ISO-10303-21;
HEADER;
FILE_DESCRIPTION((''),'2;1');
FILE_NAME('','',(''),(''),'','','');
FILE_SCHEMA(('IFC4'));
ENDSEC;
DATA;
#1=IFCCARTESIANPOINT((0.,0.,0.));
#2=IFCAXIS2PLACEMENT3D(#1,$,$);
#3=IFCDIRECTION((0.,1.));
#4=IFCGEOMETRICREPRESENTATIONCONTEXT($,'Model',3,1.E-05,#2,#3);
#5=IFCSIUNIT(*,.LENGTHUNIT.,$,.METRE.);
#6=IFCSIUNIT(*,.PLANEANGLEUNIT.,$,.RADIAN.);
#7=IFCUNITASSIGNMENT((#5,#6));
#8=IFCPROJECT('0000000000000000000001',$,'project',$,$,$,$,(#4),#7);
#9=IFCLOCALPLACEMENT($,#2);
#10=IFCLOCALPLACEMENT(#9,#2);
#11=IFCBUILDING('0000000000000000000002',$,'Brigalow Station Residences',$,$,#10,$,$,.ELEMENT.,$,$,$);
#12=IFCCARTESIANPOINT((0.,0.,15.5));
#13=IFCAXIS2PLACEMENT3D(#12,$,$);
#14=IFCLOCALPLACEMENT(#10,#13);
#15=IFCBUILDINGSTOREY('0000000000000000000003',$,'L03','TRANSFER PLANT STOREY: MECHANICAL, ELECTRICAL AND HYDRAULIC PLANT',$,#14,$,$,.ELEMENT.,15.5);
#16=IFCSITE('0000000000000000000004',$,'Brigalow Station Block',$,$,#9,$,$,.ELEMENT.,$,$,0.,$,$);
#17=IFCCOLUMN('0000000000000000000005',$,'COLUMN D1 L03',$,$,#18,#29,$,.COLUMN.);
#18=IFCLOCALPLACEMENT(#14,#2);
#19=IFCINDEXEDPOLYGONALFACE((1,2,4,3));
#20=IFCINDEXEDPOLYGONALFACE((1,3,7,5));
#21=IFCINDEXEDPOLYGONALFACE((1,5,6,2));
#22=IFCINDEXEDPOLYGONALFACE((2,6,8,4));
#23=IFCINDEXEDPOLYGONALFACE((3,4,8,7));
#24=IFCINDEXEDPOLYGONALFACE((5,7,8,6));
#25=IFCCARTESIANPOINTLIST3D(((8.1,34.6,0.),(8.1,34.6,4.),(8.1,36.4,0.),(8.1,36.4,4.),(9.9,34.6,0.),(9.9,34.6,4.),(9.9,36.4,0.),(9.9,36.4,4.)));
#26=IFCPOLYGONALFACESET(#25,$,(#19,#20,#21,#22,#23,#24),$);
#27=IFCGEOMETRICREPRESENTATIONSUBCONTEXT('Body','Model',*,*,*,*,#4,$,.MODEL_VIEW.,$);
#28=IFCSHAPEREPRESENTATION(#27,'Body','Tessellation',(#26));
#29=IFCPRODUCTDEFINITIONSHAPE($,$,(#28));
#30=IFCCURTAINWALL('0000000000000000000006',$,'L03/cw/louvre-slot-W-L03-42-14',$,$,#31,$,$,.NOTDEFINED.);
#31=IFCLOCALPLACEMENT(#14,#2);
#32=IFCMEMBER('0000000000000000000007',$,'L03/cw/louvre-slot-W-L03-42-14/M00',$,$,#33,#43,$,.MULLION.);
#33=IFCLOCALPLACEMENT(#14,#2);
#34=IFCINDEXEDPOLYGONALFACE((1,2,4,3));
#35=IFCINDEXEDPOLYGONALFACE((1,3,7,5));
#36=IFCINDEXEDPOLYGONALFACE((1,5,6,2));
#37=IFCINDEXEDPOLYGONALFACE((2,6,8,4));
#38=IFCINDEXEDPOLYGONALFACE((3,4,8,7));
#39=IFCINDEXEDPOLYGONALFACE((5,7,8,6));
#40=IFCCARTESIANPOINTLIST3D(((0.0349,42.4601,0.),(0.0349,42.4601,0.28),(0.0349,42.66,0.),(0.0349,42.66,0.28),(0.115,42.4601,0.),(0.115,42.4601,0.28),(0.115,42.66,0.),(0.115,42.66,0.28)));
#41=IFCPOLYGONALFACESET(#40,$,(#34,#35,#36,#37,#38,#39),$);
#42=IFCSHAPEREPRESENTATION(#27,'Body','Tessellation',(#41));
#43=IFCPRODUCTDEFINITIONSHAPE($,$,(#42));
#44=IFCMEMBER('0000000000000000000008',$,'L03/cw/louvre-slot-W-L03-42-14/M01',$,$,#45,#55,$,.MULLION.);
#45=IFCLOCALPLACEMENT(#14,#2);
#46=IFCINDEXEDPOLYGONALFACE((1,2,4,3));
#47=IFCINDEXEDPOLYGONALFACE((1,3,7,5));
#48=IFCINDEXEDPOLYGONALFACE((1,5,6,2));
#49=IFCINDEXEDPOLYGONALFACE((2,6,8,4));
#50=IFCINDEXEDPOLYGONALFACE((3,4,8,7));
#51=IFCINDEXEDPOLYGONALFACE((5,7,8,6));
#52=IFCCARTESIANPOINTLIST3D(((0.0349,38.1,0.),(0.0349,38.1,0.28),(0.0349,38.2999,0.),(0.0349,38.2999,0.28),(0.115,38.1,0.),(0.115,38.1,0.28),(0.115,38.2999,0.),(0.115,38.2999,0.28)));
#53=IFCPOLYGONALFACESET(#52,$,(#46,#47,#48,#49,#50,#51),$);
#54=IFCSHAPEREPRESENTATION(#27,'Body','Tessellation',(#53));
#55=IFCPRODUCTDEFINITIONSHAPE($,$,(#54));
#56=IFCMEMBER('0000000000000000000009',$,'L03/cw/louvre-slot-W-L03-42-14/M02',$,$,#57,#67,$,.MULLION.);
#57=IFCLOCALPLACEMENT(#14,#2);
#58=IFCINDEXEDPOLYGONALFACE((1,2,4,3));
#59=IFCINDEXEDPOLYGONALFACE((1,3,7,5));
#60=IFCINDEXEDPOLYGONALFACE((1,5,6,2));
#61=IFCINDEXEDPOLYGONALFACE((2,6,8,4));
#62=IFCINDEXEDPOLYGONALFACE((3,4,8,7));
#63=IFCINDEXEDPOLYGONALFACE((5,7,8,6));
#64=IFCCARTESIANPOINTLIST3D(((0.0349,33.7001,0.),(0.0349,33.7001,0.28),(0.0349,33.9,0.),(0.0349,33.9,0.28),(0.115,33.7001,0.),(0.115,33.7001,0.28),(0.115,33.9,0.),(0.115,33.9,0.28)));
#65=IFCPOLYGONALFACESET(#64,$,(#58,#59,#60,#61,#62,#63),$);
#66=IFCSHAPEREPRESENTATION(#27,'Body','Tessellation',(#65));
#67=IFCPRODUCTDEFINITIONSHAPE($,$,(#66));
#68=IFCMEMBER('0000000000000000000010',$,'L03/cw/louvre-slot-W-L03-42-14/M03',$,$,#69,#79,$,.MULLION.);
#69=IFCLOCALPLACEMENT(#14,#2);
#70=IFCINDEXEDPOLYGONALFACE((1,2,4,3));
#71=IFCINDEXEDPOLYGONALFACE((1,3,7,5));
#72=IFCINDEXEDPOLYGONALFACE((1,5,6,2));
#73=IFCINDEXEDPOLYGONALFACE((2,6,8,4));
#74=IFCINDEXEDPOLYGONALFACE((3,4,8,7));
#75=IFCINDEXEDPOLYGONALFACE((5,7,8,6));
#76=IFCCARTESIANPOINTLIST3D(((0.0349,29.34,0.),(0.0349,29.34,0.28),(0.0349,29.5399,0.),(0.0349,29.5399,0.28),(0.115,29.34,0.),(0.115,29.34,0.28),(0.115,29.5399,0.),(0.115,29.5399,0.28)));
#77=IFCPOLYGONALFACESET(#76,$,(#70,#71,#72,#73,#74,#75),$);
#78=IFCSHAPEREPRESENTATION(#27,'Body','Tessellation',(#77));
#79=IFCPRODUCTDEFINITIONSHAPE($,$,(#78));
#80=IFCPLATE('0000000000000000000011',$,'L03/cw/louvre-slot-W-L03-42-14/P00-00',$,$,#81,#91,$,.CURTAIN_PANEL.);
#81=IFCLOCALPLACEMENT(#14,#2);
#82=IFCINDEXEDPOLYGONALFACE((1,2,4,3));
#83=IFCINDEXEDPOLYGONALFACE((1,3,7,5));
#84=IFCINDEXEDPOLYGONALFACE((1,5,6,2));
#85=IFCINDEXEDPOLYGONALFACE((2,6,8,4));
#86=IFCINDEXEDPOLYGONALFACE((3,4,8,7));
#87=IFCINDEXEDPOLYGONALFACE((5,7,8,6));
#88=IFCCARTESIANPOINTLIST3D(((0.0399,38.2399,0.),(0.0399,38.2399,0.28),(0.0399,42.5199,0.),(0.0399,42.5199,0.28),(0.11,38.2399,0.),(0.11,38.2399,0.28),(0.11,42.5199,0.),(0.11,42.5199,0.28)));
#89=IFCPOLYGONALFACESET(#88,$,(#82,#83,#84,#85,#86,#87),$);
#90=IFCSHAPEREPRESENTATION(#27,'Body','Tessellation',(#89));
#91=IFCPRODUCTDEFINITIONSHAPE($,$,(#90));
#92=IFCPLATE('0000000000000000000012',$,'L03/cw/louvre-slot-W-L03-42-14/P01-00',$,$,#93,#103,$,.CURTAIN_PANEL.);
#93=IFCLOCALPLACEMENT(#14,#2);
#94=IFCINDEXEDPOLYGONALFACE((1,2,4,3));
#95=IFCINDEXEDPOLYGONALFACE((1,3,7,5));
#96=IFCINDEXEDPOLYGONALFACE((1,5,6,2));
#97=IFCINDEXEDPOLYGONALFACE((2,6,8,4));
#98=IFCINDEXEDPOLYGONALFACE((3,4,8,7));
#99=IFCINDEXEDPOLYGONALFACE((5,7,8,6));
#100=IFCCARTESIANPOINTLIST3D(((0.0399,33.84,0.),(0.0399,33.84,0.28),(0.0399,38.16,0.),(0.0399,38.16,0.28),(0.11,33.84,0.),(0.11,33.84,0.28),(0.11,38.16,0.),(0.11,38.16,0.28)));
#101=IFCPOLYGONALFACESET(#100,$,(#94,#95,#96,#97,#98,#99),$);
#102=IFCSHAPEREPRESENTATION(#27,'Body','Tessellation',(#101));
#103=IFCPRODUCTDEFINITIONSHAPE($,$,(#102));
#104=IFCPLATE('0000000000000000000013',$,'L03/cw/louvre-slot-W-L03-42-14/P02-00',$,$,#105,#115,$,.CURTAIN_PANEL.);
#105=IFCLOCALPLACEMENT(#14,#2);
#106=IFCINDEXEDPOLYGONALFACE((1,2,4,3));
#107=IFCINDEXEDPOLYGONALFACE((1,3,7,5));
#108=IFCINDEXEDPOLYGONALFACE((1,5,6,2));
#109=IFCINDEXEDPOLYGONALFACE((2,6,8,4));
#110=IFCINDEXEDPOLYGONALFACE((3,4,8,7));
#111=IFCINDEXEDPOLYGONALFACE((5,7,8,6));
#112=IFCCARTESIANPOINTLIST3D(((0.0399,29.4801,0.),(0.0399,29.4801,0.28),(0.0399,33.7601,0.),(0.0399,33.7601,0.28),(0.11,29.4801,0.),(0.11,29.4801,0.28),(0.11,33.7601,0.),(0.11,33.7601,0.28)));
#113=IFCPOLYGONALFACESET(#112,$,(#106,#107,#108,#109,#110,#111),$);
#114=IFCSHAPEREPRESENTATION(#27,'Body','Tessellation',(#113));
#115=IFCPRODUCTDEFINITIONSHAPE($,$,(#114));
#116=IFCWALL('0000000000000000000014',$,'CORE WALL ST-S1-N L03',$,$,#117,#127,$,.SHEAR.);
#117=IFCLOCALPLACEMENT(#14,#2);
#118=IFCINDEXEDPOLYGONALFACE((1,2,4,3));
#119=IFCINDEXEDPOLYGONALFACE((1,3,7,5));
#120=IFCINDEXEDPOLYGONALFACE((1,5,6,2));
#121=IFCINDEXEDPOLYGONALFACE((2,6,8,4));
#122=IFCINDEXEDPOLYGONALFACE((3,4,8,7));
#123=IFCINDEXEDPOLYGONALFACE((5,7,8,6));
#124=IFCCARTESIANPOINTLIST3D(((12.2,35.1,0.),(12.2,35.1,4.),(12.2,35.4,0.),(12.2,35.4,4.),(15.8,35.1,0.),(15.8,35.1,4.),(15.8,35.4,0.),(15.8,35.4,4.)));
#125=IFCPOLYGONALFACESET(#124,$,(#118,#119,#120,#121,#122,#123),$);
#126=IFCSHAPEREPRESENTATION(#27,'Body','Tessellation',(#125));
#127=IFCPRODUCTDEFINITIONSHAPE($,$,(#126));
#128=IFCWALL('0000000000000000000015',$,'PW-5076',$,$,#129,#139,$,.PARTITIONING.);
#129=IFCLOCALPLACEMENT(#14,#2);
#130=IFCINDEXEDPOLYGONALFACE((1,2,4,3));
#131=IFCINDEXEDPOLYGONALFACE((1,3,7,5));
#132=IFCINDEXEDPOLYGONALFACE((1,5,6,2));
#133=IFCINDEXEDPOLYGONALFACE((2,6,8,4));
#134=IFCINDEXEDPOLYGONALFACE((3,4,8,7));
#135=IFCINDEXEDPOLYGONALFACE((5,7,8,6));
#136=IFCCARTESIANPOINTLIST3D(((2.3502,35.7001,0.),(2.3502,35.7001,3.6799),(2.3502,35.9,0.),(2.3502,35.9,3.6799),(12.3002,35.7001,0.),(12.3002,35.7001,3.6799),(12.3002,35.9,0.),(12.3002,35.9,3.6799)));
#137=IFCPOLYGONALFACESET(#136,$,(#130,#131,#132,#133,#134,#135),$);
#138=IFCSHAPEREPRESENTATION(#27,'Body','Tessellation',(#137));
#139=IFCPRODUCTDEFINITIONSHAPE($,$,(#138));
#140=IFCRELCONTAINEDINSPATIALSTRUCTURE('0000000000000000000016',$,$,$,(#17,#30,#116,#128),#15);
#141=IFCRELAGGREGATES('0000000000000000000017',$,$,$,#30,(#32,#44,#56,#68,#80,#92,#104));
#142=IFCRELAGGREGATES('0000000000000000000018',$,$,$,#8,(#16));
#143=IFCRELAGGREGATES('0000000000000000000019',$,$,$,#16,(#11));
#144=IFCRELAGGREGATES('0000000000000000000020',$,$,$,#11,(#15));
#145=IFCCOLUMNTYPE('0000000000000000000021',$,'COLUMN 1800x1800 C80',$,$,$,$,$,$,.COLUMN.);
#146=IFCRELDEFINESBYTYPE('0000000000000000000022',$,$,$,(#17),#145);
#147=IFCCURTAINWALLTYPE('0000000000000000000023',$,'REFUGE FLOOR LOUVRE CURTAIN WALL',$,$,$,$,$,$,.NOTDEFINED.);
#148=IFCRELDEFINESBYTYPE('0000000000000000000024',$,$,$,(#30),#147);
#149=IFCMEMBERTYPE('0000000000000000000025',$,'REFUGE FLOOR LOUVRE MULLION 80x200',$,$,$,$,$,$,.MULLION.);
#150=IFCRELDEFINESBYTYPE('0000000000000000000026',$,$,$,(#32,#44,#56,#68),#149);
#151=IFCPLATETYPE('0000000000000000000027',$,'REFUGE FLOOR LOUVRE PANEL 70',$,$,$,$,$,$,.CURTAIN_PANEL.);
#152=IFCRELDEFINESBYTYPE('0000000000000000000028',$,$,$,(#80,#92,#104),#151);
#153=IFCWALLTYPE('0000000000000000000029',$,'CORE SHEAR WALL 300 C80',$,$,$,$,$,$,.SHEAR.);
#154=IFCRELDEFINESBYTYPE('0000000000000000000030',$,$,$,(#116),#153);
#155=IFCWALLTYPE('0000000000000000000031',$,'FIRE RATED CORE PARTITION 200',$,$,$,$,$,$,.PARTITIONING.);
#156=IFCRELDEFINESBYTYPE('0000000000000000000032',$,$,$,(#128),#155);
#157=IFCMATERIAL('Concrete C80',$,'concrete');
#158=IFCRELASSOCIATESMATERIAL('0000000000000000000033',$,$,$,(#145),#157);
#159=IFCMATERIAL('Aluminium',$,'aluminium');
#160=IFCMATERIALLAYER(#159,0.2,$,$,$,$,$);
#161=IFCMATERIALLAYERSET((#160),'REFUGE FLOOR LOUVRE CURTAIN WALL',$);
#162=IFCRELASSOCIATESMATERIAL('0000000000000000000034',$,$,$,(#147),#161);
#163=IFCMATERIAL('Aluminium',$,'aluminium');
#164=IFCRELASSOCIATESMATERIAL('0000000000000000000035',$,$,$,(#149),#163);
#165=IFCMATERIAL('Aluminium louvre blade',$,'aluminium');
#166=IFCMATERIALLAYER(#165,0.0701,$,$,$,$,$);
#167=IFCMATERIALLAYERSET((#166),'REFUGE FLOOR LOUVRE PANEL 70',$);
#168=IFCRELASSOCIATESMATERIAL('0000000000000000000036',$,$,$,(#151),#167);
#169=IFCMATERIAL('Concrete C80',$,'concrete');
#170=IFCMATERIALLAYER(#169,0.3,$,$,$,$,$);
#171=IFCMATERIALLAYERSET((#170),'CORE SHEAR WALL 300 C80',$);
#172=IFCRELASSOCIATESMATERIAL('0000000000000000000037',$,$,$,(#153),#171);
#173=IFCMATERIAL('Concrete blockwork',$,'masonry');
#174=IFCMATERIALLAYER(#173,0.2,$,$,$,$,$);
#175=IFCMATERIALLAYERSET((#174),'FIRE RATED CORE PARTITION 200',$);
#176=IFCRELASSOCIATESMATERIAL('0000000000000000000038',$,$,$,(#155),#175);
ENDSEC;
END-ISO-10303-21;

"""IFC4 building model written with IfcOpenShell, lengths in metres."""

from ifc_helpers import new_model, si_unit, direction, frame, frame_2d, origin, origin_2d, place, context, subcontext, project, spatial, rectangle, extrude, material, layer, layer_set, material_profile, profile_set, type_object, element, aggregate, save


model = new_model("IFC4")

# Units and contexts
model_context = context("Model", 3, precision=1e-05, world=origin(), true_north=direction((0.0, 1.0)))
body_context = subcontext(model_context, "Body", "Model", "MODEL_VIEW")
ifc_project = project(units=[si_unit("LENGTHUNIT", "METRE"), si_unit("PLANEANGLEUNIT", "RADIAN")], contexts=[model_context])

# Site, building, storey
site_placement = place(None, origin())
site = spatial("IfcSite", under=ifc_project, at=site_placement, Name="Brigalow Station Block", CompositionType="ELEMENT", RefElevation=0.0)
building_placement = place(site_placement, origin())
building = spatial("IfcBuilding", under=site, at=building_placement, Name="Brigalow Station Residences", CompositionType="ELEMENT")
storey_placement = place(building_placement, frame((0.0, 0.0, 15.5)))
storey = spatial("IfcBuildingStorey", under=building, at=storey_placement, Name="L03", Description="TRANSFER PLANT STOREY: MECHANICAL, ELECTRICAL AND HYDRAULIC PLANT", CompositionType="ELEMENT", Elevation=15.5)

# Column
ifc_material_1 = material(Name="Concrete C80", Category="concrete")
ifc_material_profile_1 = material_profile(ifc_material_1, rectangle(XDim=1.8, YDim=1.8, at=origin_2d()), Name="RC1800x1800")
ifc_profile_set_1 = profile_set([ifc_material_profile_1], Name="Concrete C80")
column_type = type_object("IfcColumnType", Name="COLUMN 1800x1800 C80", PredefinedType="COLUMN", material=ifc_profile_set_1)
column_placement = place(storey_placement, frame((9.0, 35.5, 0.0), z_axis=(0.0, 0.0, 1.0), x_axis=(1.0, 0.0, 0.0)))
element("IfcColumn", 1, at=column_placement, inside=storey, type_object=column_type, Name="COLUMN D1 L03", PredefinedType="COLUMN", context=body_context, shape_type="SweptSolid", body=[
    extrude(rectangle(XDim=1.8, YDim=1.8, at=origin_2d()), origin(), (0.0, 0.0, 1.0), 4.0),
])

# Curtain wall, members, plates
ifc_material_2 = material(Name="Aluminium", Category="aluminium")
ifc_layer_1 = layer(ifc_material_2, 0.2)
ifc_layer_set_1 = layer_set([ifc_layer_1], Name="REFUGE FLOOR LOUVRE CURTAIN WALL")
curtain_wall_type = type_object("IfcCurtainWallType", Name="REFUGE FLOOR LOUVRE CURTAIN WALL", PredefinedType="NOTDEFINED", material=ifc_layer_set_1)
curtain_wall_placement = place(storey_placement, origin())
curtain_wall = element("IfcCurtainWall", 2, at=curtain_wall_placement, inside=storey, type_object=curtain_wall_type, Name="L03/cw/louvre-slot-W-L03-42-14", PredefinedType="NOTDEFINED")
ifc_material_3 = material(Name="Aluminium", Category="aluminium")
ifc_material_profile_2 = material_profile(ifc_material_3, rectangle(XDim=0.0801, YDim=0.2, at=origin_2d()), Name="REFUGE FLOOR LOUVRE MULLION 80x200")
ifc_profile_set_2 = profile_set([ifc_material_profile_2], Name="Aluminium")
member_type = type_object("IfcMemberType", Name="REFUGE FLOOR LOUVRE MULLION 80x200", PredefinedType="MULLION", material=ifc_profile_set_2)
member_1_placement = place(storey_placement, frame((0.075, 42.5601, 0.0), z_axis=(0.0, 0.0, 1.0), x_axis=(1.0, 0.0, 0.0)))
member_1 = element("IfcMember", 3, at=member_1_placement, type_object=member_type, Name="L03/cw/louvre-slot-W-L03-42-14/M00", PredefinedType="MULLION", context=body_context, shape_type="SweptSolid", body=[
    extrude(rectangle(XDim=0.0801, YDim=0.2, at=origin_2d()), origin(), (0.0, 0.0, 1.0), 0.28),
])
member_2_placement = place(storey_placement, frame((0.075, 38.2, 0.0), z_axis=(0.0, 0.0, 1.0), x_axis=(1.0, 0.0, 0.0)))
member_2 = element("IfcMember", 4, at=member_2_placement, type_object=member_type, Name="L03/cw/louvre-slot-W-L03-42-14/M01", PredefinedType="MULLION", context=body_context, shape_type="SweptSolid", body=[
    extrude(rectangle(XDim=0.0801, YDim=0.2, at=origin_2d()), origin(), (0.0, 0.0, 1.0), 0.28),
])
member_3_placement = place(storey_placement, frame((0.075, 33.8, 0.0), z_axis=(0.0, 0.0, 1.0), x_axis=(1.0, 0.0, 0.0)))
member_3 = element("IfcMember", 5, at=member_3_placement, type_object=member_type, Name="L03/cw/louvre-slot-W-L03-42-14/M02", PredefinedType="MULLION", context=body_context, shape_type="SweptSolid", body=[
    extrude(rectangle(XDim=0.0801, YDim=0.2, at=origin_2d()), origin(), (0.0, 0.0, 1.0), 0.28),
])
member_4_placement = place(storey_placement, frame((0.075, 29.4399, 0.0), z_axis=(0.0, 0.0, 1.0), x_axis=(1.0, 0.0, 0.0)))
member_4 = element("IfcMember", 6, at=member_4_placement, type_object=member_type, Name="L03/cw/louvre-slot-W-L03-42-14/M03", PredefinedType="MULLION", context=body_context, shape_type="SweptSolid", body=[
    extrude(rectangle(XDim=0.0801, YDim=0.2, at=origin_2d()), origin(), (0.0, 0.0, 1.0), 0.28),
])
ifc_material_4 = material(Name="Aluminium louvre blade", Category="aluminium")
ifc_layer_2 = layer(ifc_material_4, 0.0701)
ifc_layer_set_2 = layer_set([ifc_layer_2], Name="REFUGE FLOOR LOUVRE PANEL 70")
plate_type = type_object("IfcPlateType", Name="REFUGE FLOOR LOUVRE PANEL 70", PredefinedType="CURTAIN_PANEL", material=ifc_layer_set_2)
plate_1_placement = place(storey_placement, frame((0.075, 40.3799, 0.0), z_axis=(0.0, 0.0, 1.0), x_axis=(0.0, -1.0, 0.0)))
plate_1 = element("IfcPlate", 7, at=plate_1_placement, type_object=plate_type, Name="L03/cw/louvre-slot-W-L03-42-14/P00-00", PredefinedType="CURTAIN_PANEL", context=body_context, shape_type="SweptSolid", body=[
    extrude(rectangle(XDim=4.28, YDim=0.0701, at=origin_2d()), origin(), (0.0, 0.0, 1.0), 0.28),
])
plate_2_placement = place(storey_placement, frame((0.075, 36.0, 0.0), z_axis=(0.0, 0.0, 1.0), x_axis=(0.0, -1.0, 0.0)))
plate_2 = element("IfcPlate", 8, at=plate_2_placement, type_object=plate_type, Name="L03/cw/louvre-slot-W-L03-42-14/P01-00", PredefinedType="CURTAIN_PANEL", context=body_context, shape_type="SweptSolid", body=[
    extrude(rectangle(XDim=4.3201, YDim=0.0701, at=origin_2d()), origin(), (0.0, 0.0, 1.0), 0.28),
])
plate_3_placement = place(storey_placement, frame((0.075, 31.6201, 0.0), z_axis=(0.0, 0.0, 1.0), x_axis=(0.0, -1.0, 0.0)))
plate_3 = element("IfcPlate", 9, at=plate_3_placement, type_object=plate_type, Name="L03/cw/louvre-slot-W-L03-42-14/P02-00", PredefinedType="CURTAIN_PANEL", context=body_context, shape_type="SweptSolid", body=[
    extrude(rectangle(XDim=4.28, YDim=0.0701, at=origin_2d()), origin(), (0.0, 0.0, 1.0), 0.28),
])
aggregate(curtain_wall, [member_1, member_2, member_3, member_4, plate_1, plate_2, plate_3])

# Walls
ifc_material_5 = material(Name="Concrete C80", Category="concrete")
ifc_layer_3 = layer(ifc_material_5, 0.3)
ifc_layer_set_3 = layer_set([ifc_layer_3], Name="CORE SHEAR WALL 300 C80")
wall_type_1 = type_object("IfcWallType", Name="CORE SHEAR WALL 300 C80", PredefinedType="SHEAR", material=ifc_layer_set_3)
wall_1_placement = place(storey_placement, frame((12.2, 35.25, 0.0), z_axis=(0.0, 0.0, 1.0), x_axis=(1.0, 0.0, 0.0)))
element("IfcWall", 10, at=wall_1_placement, inside=storey, type_object=wall_type_1, Name="CORE WALL ST-S1-N L03", PredefinedType="SHEAR", context=body_context, shape_type="SweptSolid", body=[
    extrude(rectangle(XDim=3.6001, YDim=0.3, at=frame_2d((1.8, 0.0))), origin(), (0.0, 0.0, 1.0), 4.0),
])
ifc_material_6 = material(Name="Concrete blockwork", Category="masonry")
ifc_layer_4 = layer(ifc_material_6, 0.2)
ifc_layer_set_4 = layer_set([ifc_layer_4], Name="FIRE RATED CORE PARTITION 200")
wall_type_2 = type_object("IfcWallType", Name="FIRE RATED CORE PARTITION 200", PredefinedType="PARTITIONING", material=ifc_layer_set_4)
wall_2_placement = place(storey_placement, frame((2.3501, 35.8, 0.0), z_axis=(0.0, 0.0, 1.0), x_axis=(1.0, 0.0, 0.0)))
element("IfcWall", 11, at=wall_2_placement, inside=storey, type_object=wall_type_2, Name="PW-5076", PredefinedType="PARTITIONING", context=body_context, shape_type="SweptSolid", body=[
    extrude(rectangle(XDim=9.95, YDim=0.2, at=frame_2d((4.9751, 0.0))), origin(), (0.0, 0.0, 1.0), 3.6799),
])

save(model, "model.ifc")
